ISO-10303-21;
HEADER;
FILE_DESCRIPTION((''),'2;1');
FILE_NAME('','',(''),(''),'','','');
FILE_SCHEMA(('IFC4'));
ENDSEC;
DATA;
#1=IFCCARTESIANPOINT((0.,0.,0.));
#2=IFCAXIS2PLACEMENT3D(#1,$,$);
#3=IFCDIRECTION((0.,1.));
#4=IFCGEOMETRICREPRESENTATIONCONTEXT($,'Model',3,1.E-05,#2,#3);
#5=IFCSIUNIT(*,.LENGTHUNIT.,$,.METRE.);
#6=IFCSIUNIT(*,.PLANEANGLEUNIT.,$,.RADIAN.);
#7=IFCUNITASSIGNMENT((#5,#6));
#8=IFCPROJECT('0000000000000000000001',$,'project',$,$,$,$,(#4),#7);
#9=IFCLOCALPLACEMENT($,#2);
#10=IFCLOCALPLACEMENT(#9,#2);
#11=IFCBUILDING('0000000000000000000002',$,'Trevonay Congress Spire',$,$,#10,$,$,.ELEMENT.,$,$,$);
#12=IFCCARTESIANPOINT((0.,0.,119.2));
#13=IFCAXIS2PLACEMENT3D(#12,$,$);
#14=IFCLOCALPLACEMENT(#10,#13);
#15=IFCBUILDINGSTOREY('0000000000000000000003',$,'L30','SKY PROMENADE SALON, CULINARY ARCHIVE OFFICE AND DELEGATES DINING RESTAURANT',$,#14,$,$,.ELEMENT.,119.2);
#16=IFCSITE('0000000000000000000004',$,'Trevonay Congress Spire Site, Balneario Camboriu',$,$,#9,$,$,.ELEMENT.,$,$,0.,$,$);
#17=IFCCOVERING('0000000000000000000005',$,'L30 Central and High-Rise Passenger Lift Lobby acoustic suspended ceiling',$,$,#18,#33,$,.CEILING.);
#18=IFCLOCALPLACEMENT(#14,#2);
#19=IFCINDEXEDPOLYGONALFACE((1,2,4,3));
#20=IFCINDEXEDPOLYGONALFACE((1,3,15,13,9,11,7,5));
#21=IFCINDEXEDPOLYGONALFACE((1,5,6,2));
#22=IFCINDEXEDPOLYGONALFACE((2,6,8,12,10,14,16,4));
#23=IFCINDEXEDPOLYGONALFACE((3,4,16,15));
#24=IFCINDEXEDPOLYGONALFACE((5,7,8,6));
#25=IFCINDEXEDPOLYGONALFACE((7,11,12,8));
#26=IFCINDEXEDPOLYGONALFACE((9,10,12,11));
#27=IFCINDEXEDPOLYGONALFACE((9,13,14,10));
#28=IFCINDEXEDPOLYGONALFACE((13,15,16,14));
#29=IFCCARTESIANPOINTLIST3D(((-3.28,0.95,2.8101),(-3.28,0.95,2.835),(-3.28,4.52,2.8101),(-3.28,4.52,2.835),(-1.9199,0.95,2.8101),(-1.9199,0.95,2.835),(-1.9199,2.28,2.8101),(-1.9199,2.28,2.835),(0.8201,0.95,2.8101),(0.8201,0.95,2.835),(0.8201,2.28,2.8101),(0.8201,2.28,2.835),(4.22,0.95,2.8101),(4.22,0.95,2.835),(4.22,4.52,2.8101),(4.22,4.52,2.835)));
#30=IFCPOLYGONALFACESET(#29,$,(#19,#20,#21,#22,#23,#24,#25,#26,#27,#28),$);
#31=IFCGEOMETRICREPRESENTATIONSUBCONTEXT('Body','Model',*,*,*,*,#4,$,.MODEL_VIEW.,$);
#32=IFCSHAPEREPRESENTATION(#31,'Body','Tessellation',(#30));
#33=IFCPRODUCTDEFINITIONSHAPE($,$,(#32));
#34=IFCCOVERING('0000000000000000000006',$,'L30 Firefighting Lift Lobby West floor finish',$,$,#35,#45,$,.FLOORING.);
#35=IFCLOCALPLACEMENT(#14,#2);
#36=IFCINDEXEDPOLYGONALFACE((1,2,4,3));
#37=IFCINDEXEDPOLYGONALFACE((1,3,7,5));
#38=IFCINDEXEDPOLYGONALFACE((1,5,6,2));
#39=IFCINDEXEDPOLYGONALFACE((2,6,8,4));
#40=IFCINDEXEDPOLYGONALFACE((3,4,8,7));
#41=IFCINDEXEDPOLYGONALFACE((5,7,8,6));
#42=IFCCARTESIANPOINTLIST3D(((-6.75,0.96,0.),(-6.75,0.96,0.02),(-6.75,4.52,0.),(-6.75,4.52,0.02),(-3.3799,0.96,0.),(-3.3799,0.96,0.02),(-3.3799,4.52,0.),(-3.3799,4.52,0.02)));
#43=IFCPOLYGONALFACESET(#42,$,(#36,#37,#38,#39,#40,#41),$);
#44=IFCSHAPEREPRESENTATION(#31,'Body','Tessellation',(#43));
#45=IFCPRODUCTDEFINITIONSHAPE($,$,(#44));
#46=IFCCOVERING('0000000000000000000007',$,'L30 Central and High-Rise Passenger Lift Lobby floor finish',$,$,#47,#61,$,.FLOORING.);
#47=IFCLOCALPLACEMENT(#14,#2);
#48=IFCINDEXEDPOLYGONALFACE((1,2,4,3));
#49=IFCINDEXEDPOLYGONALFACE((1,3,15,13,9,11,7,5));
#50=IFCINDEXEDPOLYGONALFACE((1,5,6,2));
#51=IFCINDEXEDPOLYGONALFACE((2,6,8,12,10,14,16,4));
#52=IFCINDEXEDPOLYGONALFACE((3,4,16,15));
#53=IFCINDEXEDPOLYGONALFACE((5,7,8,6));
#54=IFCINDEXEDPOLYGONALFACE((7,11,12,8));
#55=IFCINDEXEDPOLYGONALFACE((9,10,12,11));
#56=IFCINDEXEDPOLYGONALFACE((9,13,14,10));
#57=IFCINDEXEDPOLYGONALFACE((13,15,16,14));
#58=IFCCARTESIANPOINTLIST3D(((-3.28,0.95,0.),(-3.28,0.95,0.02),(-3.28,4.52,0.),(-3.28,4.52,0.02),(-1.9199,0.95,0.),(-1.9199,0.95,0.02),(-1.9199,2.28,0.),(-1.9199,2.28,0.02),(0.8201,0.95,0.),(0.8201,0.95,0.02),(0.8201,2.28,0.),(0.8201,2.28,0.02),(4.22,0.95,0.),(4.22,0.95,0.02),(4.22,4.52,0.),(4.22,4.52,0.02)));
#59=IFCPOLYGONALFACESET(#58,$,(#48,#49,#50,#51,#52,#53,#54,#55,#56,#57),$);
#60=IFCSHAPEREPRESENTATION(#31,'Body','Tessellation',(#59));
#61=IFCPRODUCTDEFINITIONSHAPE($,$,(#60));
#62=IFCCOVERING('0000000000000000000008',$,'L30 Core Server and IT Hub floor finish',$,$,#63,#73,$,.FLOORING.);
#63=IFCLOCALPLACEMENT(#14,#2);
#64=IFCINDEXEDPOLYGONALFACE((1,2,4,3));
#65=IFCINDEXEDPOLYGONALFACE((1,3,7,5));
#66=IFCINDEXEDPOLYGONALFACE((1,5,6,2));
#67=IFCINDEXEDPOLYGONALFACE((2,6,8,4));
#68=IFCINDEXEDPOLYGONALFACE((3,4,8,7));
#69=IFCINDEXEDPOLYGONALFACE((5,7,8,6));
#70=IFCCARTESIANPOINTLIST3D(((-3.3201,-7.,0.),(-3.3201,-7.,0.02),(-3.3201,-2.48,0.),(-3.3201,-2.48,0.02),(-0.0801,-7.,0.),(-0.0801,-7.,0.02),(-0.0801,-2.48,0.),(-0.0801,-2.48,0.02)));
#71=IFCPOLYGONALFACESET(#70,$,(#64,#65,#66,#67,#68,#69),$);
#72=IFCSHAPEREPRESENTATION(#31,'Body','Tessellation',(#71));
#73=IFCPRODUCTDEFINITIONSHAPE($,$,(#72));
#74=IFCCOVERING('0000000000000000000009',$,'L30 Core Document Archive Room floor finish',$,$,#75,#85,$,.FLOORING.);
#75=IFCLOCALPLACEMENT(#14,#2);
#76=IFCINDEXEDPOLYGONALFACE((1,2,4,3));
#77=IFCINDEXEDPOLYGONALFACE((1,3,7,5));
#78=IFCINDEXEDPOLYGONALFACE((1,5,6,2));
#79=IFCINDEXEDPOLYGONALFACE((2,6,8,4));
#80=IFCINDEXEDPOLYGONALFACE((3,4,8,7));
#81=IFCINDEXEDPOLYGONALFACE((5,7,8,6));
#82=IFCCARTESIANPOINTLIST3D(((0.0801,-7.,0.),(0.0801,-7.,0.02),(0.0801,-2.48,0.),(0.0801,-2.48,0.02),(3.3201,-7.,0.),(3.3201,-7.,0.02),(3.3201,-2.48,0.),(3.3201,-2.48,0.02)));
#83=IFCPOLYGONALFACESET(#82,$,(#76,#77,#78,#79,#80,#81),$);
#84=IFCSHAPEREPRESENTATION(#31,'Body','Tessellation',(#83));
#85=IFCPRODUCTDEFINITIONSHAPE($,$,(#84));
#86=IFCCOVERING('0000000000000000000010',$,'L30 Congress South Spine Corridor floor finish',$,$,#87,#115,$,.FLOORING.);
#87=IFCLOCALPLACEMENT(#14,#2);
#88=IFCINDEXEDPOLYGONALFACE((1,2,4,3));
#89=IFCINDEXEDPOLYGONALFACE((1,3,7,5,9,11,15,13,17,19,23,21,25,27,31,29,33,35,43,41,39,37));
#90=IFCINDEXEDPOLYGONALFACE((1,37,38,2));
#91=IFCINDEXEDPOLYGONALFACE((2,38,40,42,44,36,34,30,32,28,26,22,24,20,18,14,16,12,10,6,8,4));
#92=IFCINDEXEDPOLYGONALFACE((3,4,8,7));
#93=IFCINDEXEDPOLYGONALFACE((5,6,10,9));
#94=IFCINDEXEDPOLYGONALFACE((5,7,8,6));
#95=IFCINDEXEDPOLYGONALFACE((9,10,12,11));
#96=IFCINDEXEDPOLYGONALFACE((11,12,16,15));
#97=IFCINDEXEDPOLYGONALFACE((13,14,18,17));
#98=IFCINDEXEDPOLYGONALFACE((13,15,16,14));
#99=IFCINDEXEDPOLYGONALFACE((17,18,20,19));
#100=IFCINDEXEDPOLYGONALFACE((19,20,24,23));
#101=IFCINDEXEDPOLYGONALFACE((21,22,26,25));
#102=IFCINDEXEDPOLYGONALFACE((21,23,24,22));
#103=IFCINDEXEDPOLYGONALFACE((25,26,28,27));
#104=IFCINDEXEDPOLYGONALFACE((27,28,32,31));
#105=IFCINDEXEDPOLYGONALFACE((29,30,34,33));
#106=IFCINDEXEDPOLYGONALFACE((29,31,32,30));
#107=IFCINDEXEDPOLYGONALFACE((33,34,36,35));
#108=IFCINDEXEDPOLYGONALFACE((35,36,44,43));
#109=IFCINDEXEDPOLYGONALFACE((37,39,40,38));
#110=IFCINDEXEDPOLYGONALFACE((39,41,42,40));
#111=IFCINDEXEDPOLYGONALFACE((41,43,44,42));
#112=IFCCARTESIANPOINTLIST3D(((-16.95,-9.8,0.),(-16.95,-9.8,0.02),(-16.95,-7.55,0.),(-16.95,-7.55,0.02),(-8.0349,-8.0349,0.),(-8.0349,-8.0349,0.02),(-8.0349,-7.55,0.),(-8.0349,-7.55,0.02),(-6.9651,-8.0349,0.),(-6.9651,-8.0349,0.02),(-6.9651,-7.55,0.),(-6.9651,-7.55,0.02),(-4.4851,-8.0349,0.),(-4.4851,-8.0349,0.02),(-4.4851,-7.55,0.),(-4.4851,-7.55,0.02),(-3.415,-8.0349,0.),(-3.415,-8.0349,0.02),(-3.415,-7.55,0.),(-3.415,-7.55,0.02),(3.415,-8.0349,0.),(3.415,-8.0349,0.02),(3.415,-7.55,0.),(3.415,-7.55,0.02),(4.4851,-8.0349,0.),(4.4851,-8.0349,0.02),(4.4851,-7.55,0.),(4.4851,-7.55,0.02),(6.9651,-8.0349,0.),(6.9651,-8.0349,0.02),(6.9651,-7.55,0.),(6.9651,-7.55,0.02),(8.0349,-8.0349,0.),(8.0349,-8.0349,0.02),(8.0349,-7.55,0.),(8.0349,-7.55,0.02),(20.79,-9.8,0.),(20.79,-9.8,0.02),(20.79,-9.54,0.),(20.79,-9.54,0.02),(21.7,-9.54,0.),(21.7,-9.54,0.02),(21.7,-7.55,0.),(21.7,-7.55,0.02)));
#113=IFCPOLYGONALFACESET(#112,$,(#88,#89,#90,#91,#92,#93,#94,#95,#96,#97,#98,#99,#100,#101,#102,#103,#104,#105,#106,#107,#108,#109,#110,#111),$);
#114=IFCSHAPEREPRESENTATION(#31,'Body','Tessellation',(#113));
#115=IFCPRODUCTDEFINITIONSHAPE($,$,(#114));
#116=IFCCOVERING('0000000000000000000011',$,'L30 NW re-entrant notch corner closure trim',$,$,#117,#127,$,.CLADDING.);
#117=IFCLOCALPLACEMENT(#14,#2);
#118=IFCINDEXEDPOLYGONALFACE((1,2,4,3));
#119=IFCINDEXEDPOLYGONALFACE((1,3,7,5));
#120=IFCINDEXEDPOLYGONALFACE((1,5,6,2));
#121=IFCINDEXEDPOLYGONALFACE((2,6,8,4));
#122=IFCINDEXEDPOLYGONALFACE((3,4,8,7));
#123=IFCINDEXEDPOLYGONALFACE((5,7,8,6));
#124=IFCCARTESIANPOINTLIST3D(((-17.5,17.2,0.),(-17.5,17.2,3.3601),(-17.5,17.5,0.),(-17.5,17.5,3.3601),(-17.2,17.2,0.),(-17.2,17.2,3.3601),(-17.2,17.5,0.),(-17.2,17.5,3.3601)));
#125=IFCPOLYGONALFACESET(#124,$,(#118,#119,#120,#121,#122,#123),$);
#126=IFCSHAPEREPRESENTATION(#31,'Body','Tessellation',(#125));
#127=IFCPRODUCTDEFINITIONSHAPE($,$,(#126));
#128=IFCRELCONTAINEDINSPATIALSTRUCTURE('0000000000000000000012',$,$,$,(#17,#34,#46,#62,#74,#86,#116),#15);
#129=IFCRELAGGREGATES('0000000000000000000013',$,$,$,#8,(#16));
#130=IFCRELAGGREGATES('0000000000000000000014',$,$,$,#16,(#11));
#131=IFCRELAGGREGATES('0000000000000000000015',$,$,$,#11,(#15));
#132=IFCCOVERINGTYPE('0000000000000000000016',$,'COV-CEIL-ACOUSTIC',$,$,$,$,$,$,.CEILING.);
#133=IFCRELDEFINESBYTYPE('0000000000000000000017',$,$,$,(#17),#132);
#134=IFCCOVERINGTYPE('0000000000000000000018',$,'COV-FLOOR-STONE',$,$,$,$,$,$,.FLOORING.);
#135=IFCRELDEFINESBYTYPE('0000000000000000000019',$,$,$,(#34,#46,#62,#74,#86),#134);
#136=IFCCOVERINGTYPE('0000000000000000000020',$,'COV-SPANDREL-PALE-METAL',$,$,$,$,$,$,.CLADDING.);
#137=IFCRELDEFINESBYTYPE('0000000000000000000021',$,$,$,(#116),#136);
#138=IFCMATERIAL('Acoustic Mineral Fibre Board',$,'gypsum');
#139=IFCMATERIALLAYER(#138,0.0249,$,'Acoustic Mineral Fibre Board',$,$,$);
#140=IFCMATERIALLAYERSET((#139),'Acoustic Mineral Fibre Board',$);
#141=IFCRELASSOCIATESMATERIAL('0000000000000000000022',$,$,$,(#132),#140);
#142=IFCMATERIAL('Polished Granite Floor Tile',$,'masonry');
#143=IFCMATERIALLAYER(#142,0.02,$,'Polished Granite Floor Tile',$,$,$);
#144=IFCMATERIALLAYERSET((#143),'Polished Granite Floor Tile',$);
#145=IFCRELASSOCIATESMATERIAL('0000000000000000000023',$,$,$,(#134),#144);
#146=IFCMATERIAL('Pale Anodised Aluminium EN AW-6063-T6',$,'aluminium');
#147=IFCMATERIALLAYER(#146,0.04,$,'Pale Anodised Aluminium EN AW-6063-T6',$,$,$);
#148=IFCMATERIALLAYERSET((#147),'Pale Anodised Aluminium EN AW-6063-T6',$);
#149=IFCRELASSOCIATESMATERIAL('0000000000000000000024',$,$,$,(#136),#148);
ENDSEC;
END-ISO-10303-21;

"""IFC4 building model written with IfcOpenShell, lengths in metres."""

from ifc_helpers import new_model, si_unit, direction, frame, origin, place, context, subcontext, project, spatial, polyline, outline, extrude, material, layer, layer_set, type_object, element, save


model = new_model("IFC4")

# Units and contexts
model_context = context("Model", 3, precision=1e-05, world=origin(), true_north=direction((0.0, 1.0)))
body_context = subcontext(model_context, "Body", "Model", "MODEL_VIEW")
ifc_project = project(units=[si_unit("LENGTHUNIT", "METRE"), si_unit("PLANEANGLEUNIT", "RADIAN")], contexts=[model_context])

# Site, building, storey
site_placement = place(None, origin())
site = spatial("IfcSite", under=ifc_project, at=site_placement, Name="Trevonay Congress Spire Site, Balneario Camboriu", CompositionType="ELEMENT", RefElevation=0.0)
building_placement = place(site_placement, origin())
building = spatial("IfcBuilding", under=site, at=building_placement, Name="Trevonay Congress Spire", CompositionType="ELEMENT")
storey_placement = place(building_placement, frame((0.0, 0.0, 119.2)))
storey = spatial("IfcBuildingStorey", under=building, at=storey_placement, Name="L30", Description="SKY PROMENADE SALON, CULINARY ARCHIVE OFFICE AND DELEGATES DINING RESTAURANT", CompositionType="ELEMENT", Elevation=119.2)

# Shared definitions
ifc_material_1 = material(Name="Pale Anodised Aluminium EN AW-6063-T6", Category="aluminium")

# Coverings
ifc_material_2 = material(Name="Acoustic Mineral Fibre Board", Category="gypsum")
ifc_layer_1 = layer(ifc_material_2, 0.0249, Name="Acoustic Mineral Fibre Board")
ifc_layer_set_1 = layer_set([ifc_layer_1], Name="Acoustic Mineral Fibre Board")
covering_type_1 = type_object("IfcCoveringType", Name="COV-CEIL-ACOUSTIC", PredefinedType="CEILING", material=ifc_layer_set_1)
covering_1_placement = place(storey_placement, frame((0.0, 0.0, 2.8101)))
element("IfcCovering", 1, at=covering_1_placement, inside=storey, type_object=covering_type_1, Name="L30 Central and High-Rise Passenger Lift Lobby acoustic suspended ceiling", PredefinedType="CEILING", context=body_context, shape_type="SweptSolid", body=[
    extrude(outline(polyline([(-3.28, 0.95), (-1.9199, 0.95), (-1.9199, 2.28), (0.8201, 2.28), (0.8201, 0.95), (4.22, 0.95), (4.22, 4.52), (-3.28, 4.52), (-3.28, 0.95)])), origin(), (0.0, 0.0, 1.0), 0.0249),
])
ifc_material_3 = material(Name="Polished Granite Floor Tile", Category="masonry")
ifc_layer_2 = layer(ifc_material_3, 0.02, Name="Polished Granite Floor Tile")
ifc_layer_set_2 = layer_set([ifc_layer_2], Name="Polished Granite Floor Tile")
covering_type_2 = type_object("IfcCoveringType", Name="COV-FLOOR-STONE", PredefinedType="FLOORING", material=ifc_layer_set_2)
covering_2_placement = place(storey_placement, origin())
element("IfcCovering", 2, at=covering_2_placement, inside=storey, type_object=covering_type_2, Name="L30 Firefighting Lift Lobby West floor finish", PredefinedType="FLOORING", context=body_context, shape_type="SweptSolid", body=[
    extrude(outline(polyline([(-6.75, 0.96), (-3.3799, 0.96), (-3.3799, 4.52), (-6.75, 4.52), (-6.75, 0.96)])), origin(), (0.0, 0.0, 1.0), 0.02),
])
covering_3_placement = place(storey_placement, origin())
element("IfcCovering", 3, at=covering_3_placement, inside=storey, type_object=covering_type_2, Name="L30 Central and High-Rise Passenger Lift Lobby floor finish", PredefinedType="FLOORING", context=body_context, shape_type="SweptSolid", body=[
    extrude(outline(polyline([(-3.28, 0.95), (-1.9199, 0.95), (-1.9199, 2.28), (0.8201, 2.28), (0.8201, 0.95), (4.22, 0.95), (4.22, 4.52), (-3.28, 4.52), (-3.28, 0.95)])), origin(), (0.0, 0.0, 1.0), 0.02),
])
covering_4_placement = place(storey_placement, origin())
element("IfcCovering", 4, at=covering_4_placement, inside=storey, type_object=covering_type_2, Name="L30 Core Server and IT Hub floor finish", PredefinedType="FLOORING", context=body_context, shape_type="SweptSolid", body=[
    extrude(outline(polyline([(-3.3201, -7.0), (-0.0801, -7.0), (-0.0801, -2.48), (-3.3201, -2.48), (-3.3201, -7.0)])), origin(), (0.0, 0.0, 1.0), 0.02),
])
covering_5_placement = place(storey_placement, origin())
element("IfcCovering", 5, at=covering_5_placement, inside=storey, type_object=covering_type_2, Name="L30 Core Document Archive Room floor finish", PredefinedType="FLOORING", context=body_context, shape_type="SweptSolid", body=[
    extrude(outline(polyline([(0.0801, -7.0), (3.3201, -7.0), (3.3201, -2.48), (0.0801, -2.48), (0.0801, -7.0)])), origin(), (0.0, 0.0, 1.0), 0.02),
])
covering_6_placement = place(storey_placement, origin())
element("IfcCovering", 6, at=covering_6_placement, inside=storey, type_object=covering_type_2, Name="L30 Congress South Spine Corridor floor finish", PredefinedType="FLOORING", context=body_context, shape_type="SweptSolid", body=[
    extrude(outline(polyline([(-16.95, -9.8), (-16.95, -7.55), (-8.0349, -7.55), (-8.0349, -8.0349), (-6.9651, -8.0349), (-6.9651, -7.55), (-4.4851, -7.55), (-4.4851, -8.0349), (-3.415, -8.0349), (-3.415, -7.55), (3.415, -7.55), (3.415, -8.0349), (4.4851, -8.0349), (4.4851, -7.55), (6.9651, -7.55), (6.9651, -8.0349), (8.0349, -8.0349), (8.0349, -7.55), (21.7, -7.55), (21.7, -9.54), (20.79, -9.54), (20.79, -9.8), (-16.95, -9.8)])), origin(), (0.0, 0.0, 1.0), 0.02),
])
ifc_layer_3 = layer(ifc_material_1, 0.04, Name="Pale Anodised Aluminium EN AW-6063-T6")
ifc_layer_set_3 = layer_set([ifc_layer_3], Name="Pale Anodised Aluminium EN AW-6063-T6")
covering_type_3 = type_object("IfcCoveringType", Name="COV-SPANDREL-PALE-METAL", PredefinedType="CLADDING", material=ifc_layer_set_3)
covering_7_placement = place(storey_placement, origin())
element("IfcCovering", 7, at=covering_7_placement, inside=storey, type_object=covering_type_3, Name="L30 NW re-entrant notch corner closure trim", PredefinedType="CLADDING", context=body_context, shape_type="SweptSolid", body=[
    extrude(outline(polyline([(-17.5, 17.2), (-17.2, 17.2), (-17.2, 17.5), (-17.5, 17.5), (-17.5, 17.2)])), origin(), (0.0, 0.0, 1.0), 3.3601),
])

save(model, "model.ifc")
